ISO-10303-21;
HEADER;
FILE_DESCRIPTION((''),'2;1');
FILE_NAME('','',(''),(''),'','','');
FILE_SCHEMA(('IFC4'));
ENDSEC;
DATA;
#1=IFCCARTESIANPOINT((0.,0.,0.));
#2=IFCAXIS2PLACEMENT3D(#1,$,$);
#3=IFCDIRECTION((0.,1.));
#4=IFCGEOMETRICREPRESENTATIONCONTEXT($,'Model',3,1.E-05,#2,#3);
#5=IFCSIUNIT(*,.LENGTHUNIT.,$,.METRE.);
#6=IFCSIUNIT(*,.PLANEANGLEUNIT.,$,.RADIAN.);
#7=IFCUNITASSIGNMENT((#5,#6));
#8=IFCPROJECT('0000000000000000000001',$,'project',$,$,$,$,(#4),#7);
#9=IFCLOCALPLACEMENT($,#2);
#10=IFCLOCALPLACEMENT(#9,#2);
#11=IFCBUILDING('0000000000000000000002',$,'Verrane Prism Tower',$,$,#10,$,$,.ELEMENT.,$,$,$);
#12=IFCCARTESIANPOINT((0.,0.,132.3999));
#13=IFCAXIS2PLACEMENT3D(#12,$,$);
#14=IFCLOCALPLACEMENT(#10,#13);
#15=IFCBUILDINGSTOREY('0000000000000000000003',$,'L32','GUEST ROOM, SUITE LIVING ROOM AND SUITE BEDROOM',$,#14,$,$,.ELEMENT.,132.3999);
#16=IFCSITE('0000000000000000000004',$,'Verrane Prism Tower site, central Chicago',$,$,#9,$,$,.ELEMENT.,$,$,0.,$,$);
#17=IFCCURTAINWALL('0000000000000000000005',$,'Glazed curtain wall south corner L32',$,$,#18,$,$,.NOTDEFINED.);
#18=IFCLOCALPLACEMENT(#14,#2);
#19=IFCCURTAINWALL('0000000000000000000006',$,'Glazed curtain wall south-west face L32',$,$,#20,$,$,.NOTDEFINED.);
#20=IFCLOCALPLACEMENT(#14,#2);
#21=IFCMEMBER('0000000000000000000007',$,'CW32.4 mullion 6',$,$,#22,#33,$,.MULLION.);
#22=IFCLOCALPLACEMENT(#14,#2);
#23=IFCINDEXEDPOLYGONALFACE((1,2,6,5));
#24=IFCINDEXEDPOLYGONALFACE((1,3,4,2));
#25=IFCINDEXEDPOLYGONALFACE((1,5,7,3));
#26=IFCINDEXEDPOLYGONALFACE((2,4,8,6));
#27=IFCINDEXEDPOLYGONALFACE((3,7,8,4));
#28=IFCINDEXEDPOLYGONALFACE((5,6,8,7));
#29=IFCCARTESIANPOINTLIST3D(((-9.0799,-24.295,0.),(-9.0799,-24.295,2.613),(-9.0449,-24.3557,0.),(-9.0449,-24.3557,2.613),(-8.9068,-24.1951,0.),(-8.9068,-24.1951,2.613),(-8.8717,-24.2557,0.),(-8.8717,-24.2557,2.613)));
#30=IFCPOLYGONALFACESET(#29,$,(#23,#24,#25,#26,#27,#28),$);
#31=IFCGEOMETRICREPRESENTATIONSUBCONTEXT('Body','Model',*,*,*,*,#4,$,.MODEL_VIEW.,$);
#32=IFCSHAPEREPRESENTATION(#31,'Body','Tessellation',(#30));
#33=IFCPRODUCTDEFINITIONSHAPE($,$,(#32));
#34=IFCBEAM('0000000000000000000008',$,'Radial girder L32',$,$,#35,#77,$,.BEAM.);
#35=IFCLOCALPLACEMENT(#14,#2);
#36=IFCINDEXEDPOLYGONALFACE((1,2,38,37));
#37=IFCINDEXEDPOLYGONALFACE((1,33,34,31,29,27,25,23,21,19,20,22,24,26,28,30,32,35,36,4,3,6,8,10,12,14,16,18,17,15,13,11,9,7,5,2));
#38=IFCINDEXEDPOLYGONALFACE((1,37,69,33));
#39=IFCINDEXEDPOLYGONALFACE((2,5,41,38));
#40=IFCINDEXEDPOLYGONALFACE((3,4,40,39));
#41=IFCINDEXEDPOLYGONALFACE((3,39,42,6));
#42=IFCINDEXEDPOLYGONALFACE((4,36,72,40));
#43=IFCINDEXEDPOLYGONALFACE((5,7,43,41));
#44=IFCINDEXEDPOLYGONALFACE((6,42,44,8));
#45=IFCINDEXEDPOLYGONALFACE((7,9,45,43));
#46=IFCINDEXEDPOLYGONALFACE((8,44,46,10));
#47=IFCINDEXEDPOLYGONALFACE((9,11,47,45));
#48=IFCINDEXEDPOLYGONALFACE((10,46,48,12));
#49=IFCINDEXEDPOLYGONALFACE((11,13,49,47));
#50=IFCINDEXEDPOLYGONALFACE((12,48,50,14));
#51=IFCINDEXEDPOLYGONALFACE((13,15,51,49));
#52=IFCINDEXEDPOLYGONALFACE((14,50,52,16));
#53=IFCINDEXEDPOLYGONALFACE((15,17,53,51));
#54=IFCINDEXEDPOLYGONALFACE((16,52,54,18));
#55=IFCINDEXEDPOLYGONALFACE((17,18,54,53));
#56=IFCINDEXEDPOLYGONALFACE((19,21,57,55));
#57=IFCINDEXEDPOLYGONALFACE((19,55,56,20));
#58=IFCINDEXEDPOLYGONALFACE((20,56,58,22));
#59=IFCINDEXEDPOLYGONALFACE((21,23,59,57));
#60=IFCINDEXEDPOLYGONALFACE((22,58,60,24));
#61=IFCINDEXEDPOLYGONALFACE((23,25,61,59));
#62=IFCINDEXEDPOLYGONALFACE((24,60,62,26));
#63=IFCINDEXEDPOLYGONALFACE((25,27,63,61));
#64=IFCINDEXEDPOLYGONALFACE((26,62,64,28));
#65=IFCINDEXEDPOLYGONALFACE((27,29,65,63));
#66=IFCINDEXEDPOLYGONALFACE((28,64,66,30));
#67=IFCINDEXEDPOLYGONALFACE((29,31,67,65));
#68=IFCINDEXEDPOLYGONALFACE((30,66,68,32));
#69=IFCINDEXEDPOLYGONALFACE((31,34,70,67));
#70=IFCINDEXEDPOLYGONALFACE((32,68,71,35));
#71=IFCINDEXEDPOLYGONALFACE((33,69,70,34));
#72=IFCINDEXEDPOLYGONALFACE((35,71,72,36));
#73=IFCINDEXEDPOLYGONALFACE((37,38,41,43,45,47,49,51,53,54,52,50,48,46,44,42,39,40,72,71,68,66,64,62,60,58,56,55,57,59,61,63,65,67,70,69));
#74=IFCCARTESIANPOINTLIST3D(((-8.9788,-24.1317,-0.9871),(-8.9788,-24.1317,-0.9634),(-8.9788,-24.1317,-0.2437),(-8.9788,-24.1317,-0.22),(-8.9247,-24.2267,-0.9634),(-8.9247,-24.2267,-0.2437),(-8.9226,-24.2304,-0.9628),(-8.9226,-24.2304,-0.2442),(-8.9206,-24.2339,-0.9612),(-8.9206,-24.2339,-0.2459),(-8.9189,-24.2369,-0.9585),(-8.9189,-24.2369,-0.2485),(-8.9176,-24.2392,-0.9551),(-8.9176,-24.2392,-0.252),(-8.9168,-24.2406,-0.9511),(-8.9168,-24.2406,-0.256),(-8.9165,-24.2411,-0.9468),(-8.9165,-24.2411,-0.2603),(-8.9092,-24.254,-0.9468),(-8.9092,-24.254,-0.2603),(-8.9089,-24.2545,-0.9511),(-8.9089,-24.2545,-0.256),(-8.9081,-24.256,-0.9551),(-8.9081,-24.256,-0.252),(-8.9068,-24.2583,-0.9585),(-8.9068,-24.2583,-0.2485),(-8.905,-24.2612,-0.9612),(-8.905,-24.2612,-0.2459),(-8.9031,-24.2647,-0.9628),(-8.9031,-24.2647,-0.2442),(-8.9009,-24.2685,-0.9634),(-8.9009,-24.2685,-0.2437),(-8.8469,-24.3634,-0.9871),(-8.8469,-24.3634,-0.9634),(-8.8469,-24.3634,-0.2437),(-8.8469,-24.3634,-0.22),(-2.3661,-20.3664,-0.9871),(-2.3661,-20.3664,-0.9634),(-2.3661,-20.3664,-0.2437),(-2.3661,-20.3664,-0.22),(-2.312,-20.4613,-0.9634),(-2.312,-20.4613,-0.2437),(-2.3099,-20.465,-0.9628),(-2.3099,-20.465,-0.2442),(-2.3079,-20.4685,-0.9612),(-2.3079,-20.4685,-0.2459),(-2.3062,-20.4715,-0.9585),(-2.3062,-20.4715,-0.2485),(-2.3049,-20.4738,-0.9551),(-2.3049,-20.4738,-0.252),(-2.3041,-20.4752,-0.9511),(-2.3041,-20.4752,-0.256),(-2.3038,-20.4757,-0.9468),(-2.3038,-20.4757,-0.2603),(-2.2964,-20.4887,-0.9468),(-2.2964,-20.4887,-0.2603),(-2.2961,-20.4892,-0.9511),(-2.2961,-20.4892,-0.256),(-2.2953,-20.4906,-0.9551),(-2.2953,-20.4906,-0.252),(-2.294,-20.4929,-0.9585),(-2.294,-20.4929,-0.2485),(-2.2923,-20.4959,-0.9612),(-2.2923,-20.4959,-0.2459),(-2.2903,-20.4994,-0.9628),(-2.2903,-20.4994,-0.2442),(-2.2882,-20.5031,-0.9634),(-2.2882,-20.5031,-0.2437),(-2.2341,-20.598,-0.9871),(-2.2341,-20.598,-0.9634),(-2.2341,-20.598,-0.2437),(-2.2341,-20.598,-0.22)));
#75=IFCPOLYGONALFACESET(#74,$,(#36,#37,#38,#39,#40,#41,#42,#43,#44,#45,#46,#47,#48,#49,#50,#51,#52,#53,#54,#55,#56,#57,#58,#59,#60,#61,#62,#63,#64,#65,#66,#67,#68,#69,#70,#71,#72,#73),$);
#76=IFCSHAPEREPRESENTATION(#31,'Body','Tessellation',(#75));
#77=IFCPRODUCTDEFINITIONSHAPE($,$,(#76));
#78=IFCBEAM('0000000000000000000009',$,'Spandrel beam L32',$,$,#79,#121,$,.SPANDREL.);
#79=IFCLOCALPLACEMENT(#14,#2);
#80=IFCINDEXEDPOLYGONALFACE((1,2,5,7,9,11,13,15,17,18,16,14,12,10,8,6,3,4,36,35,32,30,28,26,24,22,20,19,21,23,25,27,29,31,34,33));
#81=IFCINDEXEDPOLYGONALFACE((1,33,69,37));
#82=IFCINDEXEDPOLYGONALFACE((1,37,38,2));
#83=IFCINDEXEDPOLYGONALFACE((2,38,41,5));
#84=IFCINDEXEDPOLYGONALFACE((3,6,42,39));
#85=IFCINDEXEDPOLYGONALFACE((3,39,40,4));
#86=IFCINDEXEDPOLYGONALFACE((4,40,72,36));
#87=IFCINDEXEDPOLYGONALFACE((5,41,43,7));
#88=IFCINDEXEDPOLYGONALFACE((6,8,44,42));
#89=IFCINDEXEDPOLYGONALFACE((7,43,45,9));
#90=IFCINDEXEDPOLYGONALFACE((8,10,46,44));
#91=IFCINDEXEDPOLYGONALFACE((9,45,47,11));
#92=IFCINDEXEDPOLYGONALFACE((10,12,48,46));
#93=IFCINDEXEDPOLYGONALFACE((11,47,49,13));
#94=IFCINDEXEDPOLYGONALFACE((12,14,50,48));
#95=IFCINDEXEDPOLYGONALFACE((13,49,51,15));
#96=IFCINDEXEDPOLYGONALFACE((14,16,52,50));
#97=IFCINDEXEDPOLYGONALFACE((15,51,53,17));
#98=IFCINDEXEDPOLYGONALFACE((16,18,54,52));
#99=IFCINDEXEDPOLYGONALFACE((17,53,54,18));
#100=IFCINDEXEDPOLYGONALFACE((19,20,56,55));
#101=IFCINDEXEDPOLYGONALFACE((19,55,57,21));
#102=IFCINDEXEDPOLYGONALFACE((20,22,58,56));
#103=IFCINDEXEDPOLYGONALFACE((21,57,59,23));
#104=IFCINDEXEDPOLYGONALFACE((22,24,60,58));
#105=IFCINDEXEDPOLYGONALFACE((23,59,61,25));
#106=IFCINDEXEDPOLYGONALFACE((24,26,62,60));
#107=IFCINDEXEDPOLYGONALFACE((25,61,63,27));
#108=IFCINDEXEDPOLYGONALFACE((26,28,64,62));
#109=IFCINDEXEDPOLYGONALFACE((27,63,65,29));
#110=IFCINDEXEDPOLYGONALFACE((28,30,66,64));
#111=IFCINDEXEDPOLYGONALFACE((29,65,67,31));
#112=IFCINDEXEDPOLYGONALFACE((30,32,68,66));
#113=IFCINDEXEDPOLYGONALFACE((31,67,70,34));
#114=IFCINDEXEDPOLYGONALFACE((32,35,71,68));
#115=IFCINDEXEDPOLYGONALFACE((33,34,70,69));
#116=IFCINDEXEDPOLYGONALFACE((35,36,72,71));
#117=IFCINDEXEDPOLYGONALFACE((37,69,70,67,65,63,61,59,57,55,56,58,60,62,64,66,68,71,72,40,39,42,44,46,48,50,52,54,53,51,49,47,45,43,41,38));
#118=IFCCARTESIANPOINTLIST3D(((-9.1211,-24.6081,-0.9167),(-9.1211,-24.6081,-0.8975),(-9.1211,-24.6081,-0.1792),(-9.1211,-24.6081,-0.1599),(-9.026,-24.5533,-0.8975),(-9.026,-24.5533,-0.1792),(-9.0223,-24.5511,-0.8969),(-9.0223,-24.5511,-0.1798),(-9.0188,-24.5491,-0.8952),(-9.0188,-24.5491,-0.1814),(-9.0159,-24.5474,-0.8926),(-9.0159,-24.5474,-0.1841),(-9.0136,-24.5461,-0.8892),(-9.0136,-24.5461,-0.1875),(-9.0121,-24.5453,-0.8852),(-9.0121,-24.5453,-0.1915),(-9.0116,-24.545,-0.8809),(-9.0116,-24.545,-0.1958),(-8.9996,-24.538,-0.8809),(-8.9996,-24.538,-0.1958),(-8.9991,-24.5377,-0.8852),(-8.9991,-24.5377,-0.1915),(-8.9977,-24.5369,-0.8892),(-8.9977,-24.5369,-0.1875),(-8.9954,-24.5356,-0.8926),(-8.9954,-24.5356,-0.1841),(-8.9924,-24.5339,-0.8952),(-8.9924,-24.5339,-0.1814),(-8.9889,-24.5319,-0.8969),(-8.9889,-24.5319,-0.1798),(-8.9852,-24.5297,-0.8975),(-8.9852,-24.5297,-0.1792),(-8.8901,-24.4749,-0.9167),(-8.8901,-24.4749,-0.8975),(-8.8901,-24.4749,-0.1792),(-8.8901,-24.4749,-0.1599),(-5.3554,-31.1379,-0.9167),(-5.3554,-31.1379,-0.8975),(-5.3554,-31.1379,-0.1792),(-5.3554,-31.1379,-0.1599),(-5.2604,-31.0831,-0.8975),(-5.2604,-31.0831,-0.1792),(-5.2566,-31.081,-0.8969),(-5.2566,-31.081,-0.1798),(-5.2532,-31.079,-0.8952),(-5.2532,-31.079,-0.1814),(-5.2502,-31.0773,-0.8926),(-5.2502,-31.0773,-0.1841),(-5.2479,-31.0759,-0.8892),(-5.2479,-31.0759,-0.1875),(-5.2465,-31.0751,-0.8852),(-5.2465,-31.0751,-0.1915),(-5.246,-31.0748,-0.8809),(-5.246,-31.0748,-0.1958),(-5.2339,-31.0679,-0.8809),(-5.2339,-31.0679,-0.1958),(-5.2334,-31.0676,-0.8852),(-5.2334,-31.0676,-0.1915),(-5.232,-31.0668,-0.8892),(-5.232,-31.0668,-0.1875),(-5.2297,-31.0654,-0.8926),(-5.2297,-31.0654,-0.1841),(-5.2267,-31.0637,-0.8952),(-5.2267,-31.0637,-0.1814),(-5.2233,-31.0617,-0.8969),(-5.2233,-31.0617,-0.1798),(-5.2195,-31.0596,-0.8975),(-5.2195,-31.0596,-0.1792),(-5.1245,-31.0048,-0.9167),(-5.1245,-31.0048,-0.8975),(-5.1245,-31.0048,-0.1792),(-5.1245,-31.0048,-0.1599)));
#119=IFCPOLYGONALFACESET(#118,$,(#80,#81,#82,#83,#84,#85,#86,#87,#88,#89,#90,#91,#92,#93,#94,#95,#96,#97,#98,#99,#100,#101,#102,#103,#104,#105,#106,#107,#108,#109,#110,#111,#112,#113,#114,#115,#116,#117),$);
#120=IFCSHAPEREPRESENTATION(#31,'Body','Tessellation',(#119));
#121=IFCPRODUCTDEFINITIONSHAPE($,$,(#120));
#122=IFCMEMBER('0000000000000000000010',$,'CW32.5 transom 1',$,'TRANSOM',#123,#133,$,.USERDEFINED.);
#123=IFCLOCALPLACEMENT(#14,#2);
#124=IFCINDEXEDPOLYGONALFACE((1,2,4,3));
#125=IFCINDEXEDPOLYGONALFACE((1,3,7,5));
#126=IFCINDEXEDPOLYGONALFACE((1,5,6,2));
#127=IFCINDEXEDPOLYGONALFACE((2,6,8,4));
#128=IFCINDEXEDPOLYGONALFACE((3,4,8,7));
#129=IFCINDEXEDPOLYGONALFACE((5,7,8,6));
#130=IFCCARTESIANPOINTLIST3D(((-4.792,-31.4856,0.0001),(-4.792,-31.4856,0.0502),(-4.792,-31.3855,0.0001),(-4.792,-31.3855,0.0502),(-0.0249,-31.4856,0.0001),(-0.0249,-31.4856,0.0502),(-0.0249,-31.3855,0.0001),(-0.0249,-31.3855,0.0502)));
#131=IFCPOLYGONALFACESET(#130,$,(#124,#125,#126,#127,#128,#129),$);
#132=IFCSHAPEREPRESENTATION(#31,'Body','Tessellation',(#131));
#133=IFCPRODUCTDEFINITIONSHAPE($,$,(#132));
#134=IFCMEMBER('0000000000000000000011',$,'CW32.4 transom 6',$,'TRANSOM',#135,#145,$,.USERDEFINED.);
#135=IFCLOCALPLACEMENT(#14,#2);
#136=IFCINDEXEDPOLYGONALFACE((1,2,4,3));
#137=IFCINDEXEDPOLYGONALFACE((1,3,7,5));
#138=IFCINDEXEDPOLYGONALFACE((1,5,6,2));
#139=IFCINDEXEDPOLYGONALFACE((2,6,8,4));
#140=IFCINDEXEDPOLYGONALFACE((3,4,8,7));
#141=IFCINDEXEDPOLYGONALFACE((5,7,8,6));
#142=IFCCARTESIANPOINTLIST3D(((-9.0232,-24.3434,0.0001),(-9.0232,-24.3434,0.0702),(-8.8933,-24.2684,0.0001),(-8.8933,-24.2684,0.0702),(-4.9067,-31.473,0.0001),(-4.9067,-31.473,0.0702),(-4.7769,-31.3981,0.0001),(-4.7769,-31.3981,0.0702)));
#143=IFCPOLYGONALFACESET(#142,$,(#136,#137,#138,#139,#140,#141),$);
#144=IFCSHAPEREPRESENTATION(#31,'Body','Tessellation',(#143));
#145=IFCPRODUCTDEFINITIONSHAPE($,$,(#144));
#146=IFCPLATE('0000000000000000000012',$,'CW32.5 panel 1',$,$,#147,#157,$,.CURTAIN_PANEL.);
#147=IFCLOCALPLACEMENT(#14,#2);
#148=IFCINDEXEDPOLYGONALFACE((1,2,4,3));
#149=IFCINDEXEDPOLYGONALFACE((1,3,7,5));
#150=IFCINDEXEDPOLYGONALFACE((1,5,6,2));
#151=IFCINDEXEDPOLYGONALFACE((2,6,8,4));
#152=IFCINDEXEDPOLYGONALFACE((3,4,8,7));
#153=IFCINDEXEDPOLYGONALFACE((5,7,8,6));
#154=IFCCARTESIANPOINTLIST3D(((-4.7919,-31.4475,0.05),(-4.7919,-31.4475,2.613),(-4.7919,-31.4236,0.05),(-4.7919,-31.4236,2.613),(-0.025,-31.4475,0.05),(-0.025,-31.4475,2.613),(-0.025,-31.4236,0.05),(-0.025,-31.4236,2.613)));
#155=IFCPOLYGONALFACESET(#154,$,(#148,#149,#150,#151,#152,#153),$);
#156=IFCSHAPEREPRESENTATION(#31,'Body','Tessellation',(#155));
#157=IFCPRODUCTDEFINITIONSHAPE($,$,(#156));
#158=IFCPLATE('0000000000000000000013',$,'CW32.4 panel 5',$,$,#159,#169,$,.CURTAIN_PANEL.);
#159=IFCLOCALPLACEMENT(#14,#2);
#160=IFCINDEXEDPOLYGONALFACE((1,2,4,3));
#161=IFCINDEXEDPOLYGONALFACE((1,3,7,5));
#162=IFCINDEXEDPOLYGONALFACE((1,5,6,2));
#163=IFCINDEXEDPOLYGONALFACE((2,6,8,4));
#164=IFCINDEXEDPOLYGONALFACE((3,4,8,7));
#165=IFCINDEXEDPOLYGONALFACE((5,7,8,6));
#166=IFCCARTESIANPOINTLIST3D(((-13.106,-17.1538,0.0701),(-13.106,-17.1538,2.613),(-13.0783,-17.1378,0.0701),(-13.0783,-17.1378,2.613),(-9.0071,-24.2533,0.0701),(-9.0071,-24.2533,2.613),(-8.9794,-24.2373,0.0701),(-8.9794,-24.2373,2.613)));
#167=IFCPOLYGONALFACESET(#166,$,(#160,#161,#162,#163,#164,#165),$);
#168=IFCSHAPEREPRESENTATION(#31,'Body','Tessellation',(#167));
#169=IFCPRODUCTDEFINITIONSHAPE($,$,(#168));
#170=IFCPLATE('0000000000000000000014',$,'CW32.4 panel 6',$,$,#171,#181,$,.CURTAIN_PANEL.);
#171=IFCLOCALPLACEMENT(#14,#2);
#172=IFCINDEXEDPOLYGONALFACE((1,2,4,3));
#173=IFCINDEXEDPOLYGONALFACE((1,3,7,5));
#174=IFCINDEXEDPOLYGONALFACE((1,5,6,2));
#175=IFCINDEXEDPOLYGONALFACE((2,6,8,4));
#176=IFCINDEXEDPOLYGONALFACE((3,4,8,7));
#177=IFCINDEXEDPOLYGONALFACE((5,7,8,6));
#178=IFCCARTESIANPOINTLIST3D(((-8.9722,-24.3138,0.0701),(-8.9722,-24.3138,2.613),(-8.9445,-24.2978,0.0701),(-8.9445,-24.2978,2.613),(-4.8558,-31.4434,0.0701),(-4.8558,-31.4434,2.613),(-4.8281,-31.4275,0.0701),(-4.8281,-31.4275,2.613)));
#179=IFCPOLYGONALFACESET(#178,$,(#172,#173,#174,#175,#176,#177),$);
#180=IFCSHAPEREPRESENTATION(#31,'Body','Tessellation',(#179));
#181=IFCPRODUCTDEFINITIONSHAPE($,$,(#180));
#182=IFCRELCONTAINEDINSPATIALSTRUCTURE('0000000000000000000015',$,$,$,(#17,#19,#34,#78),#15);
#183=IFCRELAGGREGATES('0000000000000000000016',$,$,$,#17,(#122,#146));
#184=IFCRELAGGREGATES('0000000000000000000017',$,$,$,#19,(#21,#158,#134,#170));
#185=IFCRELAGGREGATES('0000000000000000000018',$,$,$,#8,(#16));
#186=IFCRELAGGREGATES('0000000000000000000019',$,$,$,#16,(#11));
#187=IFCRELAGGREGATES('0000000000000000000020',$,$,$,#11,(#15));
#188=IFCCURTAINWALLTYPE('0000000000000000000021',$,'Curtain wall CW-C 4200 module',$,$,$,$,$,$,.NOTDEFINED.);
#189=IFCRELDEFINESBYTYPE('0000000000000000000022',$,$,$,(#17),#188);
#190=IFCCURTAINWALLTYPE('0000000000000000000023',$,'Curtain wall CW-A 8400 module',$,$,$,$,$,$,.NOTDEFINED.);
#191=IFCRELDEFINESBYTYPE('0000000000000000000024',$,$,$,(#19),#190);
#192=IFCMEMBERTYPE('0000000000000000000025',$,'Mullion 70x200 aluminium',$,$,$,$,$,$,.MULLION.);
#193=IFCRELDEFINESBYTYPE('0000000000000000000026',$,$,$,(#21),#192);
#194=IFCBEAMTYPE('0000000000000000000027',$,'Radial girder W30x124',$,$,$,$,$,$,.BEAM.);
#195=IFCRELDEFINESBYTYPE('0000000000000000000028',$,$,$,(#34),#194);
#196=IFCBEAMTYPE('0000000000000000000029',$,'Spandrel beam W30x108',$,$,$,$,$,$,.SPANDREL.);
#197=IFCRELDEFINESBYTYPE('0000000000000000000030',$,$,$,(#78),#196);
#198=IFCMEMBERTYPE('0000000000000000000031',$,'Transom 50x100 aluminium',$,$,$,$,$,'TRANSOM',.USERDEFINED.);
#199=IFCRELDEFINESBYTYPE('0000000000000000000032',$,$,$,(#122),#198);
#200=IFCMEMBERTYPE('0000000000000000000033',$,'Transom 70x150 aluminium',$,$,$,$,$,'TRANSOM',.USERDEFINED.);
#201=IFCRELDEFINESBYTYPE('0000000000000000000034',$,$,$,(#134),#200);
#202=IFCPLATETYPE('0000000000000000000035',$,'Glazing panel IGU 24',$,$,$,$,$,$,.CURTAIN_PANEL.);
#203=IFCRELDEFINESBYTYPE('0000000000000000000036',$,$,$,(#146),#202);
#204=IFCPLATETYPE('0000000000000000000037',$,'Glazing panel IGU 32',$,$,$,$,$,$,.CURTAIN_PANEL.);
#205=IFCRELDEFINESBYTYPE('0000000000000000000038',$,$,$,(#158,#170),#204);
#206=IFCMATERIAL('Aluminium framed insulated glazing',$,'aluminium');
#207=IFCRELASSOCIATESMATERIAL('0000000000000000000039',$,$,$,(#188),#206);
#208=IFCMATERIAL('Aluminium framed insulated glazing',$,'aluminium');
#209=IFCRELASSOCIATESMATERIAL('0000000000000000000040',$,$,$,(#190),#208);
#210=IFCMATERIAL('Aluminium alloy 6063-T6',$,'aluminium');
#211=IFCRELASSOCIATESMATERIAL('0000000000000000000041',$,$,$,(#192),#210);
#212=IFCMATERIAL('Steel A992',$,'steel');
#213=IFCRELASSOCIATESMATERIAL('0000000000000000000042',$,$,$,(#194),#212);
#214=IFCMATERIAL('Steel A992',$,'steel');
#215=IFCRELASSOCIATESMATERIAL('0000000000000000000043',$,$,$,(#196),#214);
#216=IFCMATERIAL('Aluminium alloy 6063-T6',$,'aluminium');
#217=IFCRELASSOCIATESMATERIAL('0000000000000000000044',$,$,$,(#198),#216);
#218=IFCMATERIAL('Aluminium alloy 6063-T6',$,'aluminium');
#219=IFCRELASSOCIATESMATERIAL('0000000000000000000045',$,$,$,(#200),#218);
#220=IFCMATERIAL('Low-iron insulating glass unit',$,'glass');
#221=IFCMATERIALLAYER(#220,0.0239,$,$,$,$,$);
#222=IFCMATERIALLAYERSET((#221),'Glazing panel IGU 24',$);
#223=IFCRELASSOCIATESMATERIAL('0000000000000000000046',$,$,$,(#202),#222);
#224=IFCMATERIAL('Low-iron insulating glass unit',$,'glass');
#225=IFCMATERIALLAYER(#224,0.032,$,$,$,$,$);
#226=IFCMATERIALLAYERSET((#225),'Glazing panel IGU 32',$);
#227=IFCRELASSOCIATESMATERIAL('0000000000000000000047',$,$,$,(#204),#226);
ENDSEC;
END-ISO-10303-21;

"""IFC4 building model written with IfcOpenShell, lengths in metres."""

from ifc_helpers import new_model, si_unit, direction, frame, origin, origin_2d, place, context, subcontext, project, spatial, rectangle, i_section, extrude, material, layer, layer_set, material_profile, profile_set, type_object, element, aggregate, save


model = new_model("IFC4")

# Units and contexts
model_context = context("Model", 3, precision=1e-05, world=origin(), true_north=direction((0.0, 1.0)))
body_context = subcontext(model_context, "Body", "Model", "MODEL_VIEW")
ifc_project = project(units=[si_unit("LENGTHUNIT", "METRE"), si_unit("PLANEANGLEUNIT", "RADIAN")], contexts=[model_context])

# Site, building, storey
site_placement = place(None, origin())
site = spatial("IfcSite", under=ifc_project, at=site_placement, Name="Verrane Prism Tower site, central Chicago", CompositionType="ELEMENT", RefElevation=0.0)
building_placement = place(site_placement, origin())
building = spatial("IfcBuilding", under=site, at=building_placement, Name="Verrane Prism Tower", CompositionType="ELEMENT")
storey_placement = place(building_placement, frame((0.0, 0.0, 132.3999)))
storey = spatial("IfcBuildingStorey", under=building, at=storey_placement, Name="L32", Description="GUEST ROOM, SUITE LIVING ROOM AND SUITE BEDROOM", CompositionType="ELEMENT", Elevation=132.3999)

# Curtain wall
ifc_material_1 = material(Name="Aluminium framed insulated glazing", Category="aluminium")
curtain_wall_type_1 = type_object("IfcCurtainWallType", Name="Curtain wall CW-C 4200 module", PredefinedType="NOTDEFINED", material=ifc_material_1)
curtain_wall_1_placement = place(storey_placement, origin())
curtain_wall_1 = element("IfcCurtainWall", 1, at=curtain_wall_1_placement, inside=storey, type_object=curtain_wall_type_1, Name="Glazed curtain wall south corner L32", PredefinedType="NOTDEFINED")

# Curtain wall, member
ifc_material_2 = material(Name="Aluminium framed insulated glazing", Category="aluminium")
curtain_wall_type_2 = type_object("IfcCurtainWallType", Name="Curtain wall CW-A 8400 module", PredefinedType="NOTDEFINED", material=ifc_material_2)
curtain_wall_2_placement = place(storey_placement, origin())
curtain_wall_2 = element("IfcCurtainWall", 2, at=curtain_wall_2_placement, inside=storey, type_object=curtain_wall_type_2, Name="Glazed curtain wall south-west face L32", PredefinedType="NOTDEFINED")
ifc_material_3 = material(Name="Aluminium alloy 6063-T6", Category="aluminium")
ifc_material_profile_1 = material_profile(ifc_material_3, rectangle(XDim=0.2, YDim=0.0701, at=origin_2d()), Name="Mullion 70x200 aluminium")
ifc_profile_set_1 = profile_set([ifc_material_profile_1], Name="Aluminium alloy 6063-T6")
member_type_1 = type_object("IfcMemberType", Name="Mullion 70x200 aluminium", PredefinedType="MULLION", material=ifc_profile_set_1)
member_1_placement = place(storey_placement, frame((-8.9758, -24.2754, 0.0), z_axis=(0.0, 0.0, 1.0), x_axis=(0.866025, 0.5, 0.0)))
member_1 = element("IfcMember", 3, at=member_1_placement, type_object=member_type_1, Name="CW32.4 mullion 6", PredefinedType="MULLION", context=body_context, shape_type="SweptSolid", body=[
    extrude(rectangle(XDim=0.2, YDim=0.0701, at=origin_2d()), origin(), (0.0, 0.0, 1.0), 2.613),
])

# Beams
ifc_material_4 = material(Name="Steel A992", Category="steel")
ifc_material_profile_2 = material_profile(ifc_material_4, i_section(OverallWidth=0.2666, OverallDepth=0.7671, WebThickness=0.0149, FlangeThickness=0.0237, FilletRadius=0.0166, at=origin_2d()), Name="W30x124")
ifc_profile_set_2 = profile_set([ifc_material_profile_2], Name="Steel A992")
beam_type_1 = type_object("IfcBeamType", Name="Radial girder W30x124", PredefinedType="BEAM", material=ifc_profile_set_2)
beam_1_placement = place(storey_placement, frame((-8.9128, -24.2476, -0.6035), z_axis=(0.868998, 0.494815, 0.0), x_axis=(-0.494815, 0.868998, 0.0)))
element("IfcBeam", 4, at=beam_1_placement, inside=storey, type_object=beam_type_1, Name="Radial girder L32", PredefinedType="BEAM", context=body_context, shape_type="SweptSolid", body=[
    extrude(i_section(OverallWidth=0.2666, OverallDepth=0.7671, WebThickness=0.0149, FlangeThickness=0.0237, FilletRadius=0.0166, at=origin_2d()), origin(), (0.0, 0.0, 1.0), 7.6096),
])
ifc_material_5 = material(Name="Steel A992", Category="steel")
ifc_material_profile_3 = material_profile(ifc_material_5, i_section(OverallWidth=0.2666, OverallDepth=0.7568, WebThickness=0.0139, FlangeThickness=0.0193, FilletRadius=0.0166, at=origin_2d()), Name="W30x108")
ifc_profile_set_3 = profile_set([ifc_material_profile_3], Name="Steel A992")
beam_type_2 = type_object("IfcBeamType", Name="Spandrel beam W30x108", PredefinedType="SPANDREL", material=ifc_profile_set_3)
beam_2_placement = place(storey_placement, frame((-9.0056, -24.5415, -0.5383), z_axis=(0.499567, -0.866275, 0.0), x_axis=(0.866275, 0.499567, 0.0)))
element("IfcBeam", 5, at=beam_2_placement, inside=storey, type_object=beam_type_2, Name="Spandrel beam L32", PredefinedType="SPANDREL", context=body_context, shape_type="SweptSolid", body=[
    extrude(i_section(OverallWidth=0.2666, OverallDepth=0.7568, WebThickness=0.0139, FlangeThickness=0.0193, FilletRadius=0.0166, at=origin_2d()), origin(), (0.0, 0.0, 1.0), 7.5378),
])

# Members
ifc_material_6 = material(Name="Aluminium alloy 6063-T6", Category="aluminium")
ifc_material_profile_4 = material_profile(ifc_material_6, rectangle(XDim=0.1001, YDim=0.05, at=origin_2d()), Name="Transom 50x100 aluminium")
ifc_profile_set_4 = profile_set([ifc_material_profile_4], Name="Aluminium alloy 6063-T6")
member_type_2 = type_object("IfcMemberType", Name="Transom 50x100 aluminium", ElementType="TRANSOM", PredefinedType="USERDEFINED", material=ifc_profile_set_4)
member_2_placement = place(storey_placement, frame((-4.792, -31.4355, 0.0251), z_axis=(1.0, 0.0, 0.0), x_axis=(0.0, 1.0, 0.0)))
member_2 = element("IfcMember", 6, at=member_2_placement, type_object=member_type_2, Name="CW32.5 transom 1", ObjectType="TRANSOM", PredefinedType="USERDEFINED", context=body_context, shape_type="SweptSolid", body=[
    extrude(rectangle(XDim=0.1001, YDim=0.05, at=origin_2d()), origin(), (0.0, 0.0, 1.0), 4.7671),
])
ifc_material_7 = material(Name="Aluminium alloy 6063-T6", Category="aluminium")
ifc_material_profile_5 = material_profile(ifc_material_7, rectangle(XDim=0.1499, YDim=0.0701, at=origin_2d()), Name="Transom 70x150 aluminium")
ifc_profile_set_5 = profile_set([ifc_material_profile_5], Name="Aluminium alloy 6063-T6")
member_type_3 = type_object("IfcMemberType", Name="Transom 70x150 aluminium", ElementType="TRANSOM", PredefinedType="USERDEFINED", material=ifc_profile_set_5)
member_3_placement = place(storey_placement, frame((-8.9583, -24.3059, 0.0352), z_axis=(0.500014, -0.866017, 0.0), x_axis=(0.866017, 0.500014, 0.0)))
member_3 = element("IfcMember", 7, at=member_3_placement, type_object=member_type_3, Name="CW32.4 transom 6", ObjectType="TRANSOM", PredefinedType="USERDEFINED", context=body_context, shape_type="SweptSolid", body=[
    extrude(rectangle(XDim=0.1499, YDim=0.0701, at=origin_2d()), origin(), (0.0, 0.0, 1.0), 8.2327),
])

# Plates
ifc_material_8 = material(Name="Low-iron insulating glass unit", Category="glass")
ifc_layer_1 = layer(ifc_material_8, 0.0239)
ifc_layer_set_1 = layer_set([ifc_layer_1], Name="Glazing panel IGU 24")
plate_type_1 = type_object("IfcPlateType", Name="Glazing panel IGU 24", PredefinedType="CURTAIN_PANEL", material=ifc_layer_set_1)
plate_1_placement = place(storey_placement, frame((-2.4084, -31.4355, 0.05), z_axis=(0.0, 0.0, 1.0), x_axis=(1.0, 0.0, 0.0)))
plate_1 = element("IfcPlate", 8, at=plate_1_placement, type_object=plate_type_1, Name="CW32.5 panel 1", PredefinedType="CURTAIN_PANEL", context=body_context, shape_type="SweptSolid", body=[
    extrude(rectangle(XDim=4.7668, YDim=0.0239, at=origin_2d()), origin(), (0.0, 0.0, 1.0), 2.563),
])
aggregate(curtain_wall_1, [member_2, plate_1])
ifc_material_9 = material(Name="Low-iron insulating glass unit", Category="glass")
ifc_layer_2 = layer(ifc_material_9, 0.032)
ifc_layer_set_2 = layer_set([ifc_layer_2], Name="Glazing panel IGU 32")
plate_type_2 = type_object("IfcPlateType", Name="Glazing panel IGU 32", PredefinedType="CURTAIN_PANEL", material=ifc_layer_set_2)
plate_2_placement = place(storey_placement, frame((-11.0427, -20.6956, 0.0701), z_axis=(0.0, 0.0, 1.0), x_axis=(0.5, -0.866025, 0.0)))
plate_2 = element("IfcPlate", 9, at=plate_2_placement, type_object=plate_type_2, Name="CW32.4 panel 5", PredefinedType="CURTAIN_PANEL", context=body_context, shape_type="SweptSolid", body=[
    extrude(rectangle(XDim=8.1978, YDim=0.032, at=origin_2d()), origin(), (0.0, 0.0, 1.0), 2.543),
])
plate_3_placement = place(storey_placement, frame((-6.9001, -27.8706, 0.0701), z_axis=(0.0, 0.0, 1.0), x_axis=(0.5, -0.866025, 0.0)))
plate_3 = element("IfcPlate", 10, at=plate_3_placement, type_object=plate_type_2, Name="CW32.4 panel 6", PredefinedType="CURTAIN_PANEL", context=body_context, shape_type="SweptSolid", body=[
    extrude(rectangle(XDim=8.2327, YDim=0.032, at=origin_2d()), origin(), (0.0, 0.0, 1.0), 2.543),
])
aggregate(curtain_wall_2, [member_1, plate_2, member_3, plate_3])

save(model, "model.ifc")
